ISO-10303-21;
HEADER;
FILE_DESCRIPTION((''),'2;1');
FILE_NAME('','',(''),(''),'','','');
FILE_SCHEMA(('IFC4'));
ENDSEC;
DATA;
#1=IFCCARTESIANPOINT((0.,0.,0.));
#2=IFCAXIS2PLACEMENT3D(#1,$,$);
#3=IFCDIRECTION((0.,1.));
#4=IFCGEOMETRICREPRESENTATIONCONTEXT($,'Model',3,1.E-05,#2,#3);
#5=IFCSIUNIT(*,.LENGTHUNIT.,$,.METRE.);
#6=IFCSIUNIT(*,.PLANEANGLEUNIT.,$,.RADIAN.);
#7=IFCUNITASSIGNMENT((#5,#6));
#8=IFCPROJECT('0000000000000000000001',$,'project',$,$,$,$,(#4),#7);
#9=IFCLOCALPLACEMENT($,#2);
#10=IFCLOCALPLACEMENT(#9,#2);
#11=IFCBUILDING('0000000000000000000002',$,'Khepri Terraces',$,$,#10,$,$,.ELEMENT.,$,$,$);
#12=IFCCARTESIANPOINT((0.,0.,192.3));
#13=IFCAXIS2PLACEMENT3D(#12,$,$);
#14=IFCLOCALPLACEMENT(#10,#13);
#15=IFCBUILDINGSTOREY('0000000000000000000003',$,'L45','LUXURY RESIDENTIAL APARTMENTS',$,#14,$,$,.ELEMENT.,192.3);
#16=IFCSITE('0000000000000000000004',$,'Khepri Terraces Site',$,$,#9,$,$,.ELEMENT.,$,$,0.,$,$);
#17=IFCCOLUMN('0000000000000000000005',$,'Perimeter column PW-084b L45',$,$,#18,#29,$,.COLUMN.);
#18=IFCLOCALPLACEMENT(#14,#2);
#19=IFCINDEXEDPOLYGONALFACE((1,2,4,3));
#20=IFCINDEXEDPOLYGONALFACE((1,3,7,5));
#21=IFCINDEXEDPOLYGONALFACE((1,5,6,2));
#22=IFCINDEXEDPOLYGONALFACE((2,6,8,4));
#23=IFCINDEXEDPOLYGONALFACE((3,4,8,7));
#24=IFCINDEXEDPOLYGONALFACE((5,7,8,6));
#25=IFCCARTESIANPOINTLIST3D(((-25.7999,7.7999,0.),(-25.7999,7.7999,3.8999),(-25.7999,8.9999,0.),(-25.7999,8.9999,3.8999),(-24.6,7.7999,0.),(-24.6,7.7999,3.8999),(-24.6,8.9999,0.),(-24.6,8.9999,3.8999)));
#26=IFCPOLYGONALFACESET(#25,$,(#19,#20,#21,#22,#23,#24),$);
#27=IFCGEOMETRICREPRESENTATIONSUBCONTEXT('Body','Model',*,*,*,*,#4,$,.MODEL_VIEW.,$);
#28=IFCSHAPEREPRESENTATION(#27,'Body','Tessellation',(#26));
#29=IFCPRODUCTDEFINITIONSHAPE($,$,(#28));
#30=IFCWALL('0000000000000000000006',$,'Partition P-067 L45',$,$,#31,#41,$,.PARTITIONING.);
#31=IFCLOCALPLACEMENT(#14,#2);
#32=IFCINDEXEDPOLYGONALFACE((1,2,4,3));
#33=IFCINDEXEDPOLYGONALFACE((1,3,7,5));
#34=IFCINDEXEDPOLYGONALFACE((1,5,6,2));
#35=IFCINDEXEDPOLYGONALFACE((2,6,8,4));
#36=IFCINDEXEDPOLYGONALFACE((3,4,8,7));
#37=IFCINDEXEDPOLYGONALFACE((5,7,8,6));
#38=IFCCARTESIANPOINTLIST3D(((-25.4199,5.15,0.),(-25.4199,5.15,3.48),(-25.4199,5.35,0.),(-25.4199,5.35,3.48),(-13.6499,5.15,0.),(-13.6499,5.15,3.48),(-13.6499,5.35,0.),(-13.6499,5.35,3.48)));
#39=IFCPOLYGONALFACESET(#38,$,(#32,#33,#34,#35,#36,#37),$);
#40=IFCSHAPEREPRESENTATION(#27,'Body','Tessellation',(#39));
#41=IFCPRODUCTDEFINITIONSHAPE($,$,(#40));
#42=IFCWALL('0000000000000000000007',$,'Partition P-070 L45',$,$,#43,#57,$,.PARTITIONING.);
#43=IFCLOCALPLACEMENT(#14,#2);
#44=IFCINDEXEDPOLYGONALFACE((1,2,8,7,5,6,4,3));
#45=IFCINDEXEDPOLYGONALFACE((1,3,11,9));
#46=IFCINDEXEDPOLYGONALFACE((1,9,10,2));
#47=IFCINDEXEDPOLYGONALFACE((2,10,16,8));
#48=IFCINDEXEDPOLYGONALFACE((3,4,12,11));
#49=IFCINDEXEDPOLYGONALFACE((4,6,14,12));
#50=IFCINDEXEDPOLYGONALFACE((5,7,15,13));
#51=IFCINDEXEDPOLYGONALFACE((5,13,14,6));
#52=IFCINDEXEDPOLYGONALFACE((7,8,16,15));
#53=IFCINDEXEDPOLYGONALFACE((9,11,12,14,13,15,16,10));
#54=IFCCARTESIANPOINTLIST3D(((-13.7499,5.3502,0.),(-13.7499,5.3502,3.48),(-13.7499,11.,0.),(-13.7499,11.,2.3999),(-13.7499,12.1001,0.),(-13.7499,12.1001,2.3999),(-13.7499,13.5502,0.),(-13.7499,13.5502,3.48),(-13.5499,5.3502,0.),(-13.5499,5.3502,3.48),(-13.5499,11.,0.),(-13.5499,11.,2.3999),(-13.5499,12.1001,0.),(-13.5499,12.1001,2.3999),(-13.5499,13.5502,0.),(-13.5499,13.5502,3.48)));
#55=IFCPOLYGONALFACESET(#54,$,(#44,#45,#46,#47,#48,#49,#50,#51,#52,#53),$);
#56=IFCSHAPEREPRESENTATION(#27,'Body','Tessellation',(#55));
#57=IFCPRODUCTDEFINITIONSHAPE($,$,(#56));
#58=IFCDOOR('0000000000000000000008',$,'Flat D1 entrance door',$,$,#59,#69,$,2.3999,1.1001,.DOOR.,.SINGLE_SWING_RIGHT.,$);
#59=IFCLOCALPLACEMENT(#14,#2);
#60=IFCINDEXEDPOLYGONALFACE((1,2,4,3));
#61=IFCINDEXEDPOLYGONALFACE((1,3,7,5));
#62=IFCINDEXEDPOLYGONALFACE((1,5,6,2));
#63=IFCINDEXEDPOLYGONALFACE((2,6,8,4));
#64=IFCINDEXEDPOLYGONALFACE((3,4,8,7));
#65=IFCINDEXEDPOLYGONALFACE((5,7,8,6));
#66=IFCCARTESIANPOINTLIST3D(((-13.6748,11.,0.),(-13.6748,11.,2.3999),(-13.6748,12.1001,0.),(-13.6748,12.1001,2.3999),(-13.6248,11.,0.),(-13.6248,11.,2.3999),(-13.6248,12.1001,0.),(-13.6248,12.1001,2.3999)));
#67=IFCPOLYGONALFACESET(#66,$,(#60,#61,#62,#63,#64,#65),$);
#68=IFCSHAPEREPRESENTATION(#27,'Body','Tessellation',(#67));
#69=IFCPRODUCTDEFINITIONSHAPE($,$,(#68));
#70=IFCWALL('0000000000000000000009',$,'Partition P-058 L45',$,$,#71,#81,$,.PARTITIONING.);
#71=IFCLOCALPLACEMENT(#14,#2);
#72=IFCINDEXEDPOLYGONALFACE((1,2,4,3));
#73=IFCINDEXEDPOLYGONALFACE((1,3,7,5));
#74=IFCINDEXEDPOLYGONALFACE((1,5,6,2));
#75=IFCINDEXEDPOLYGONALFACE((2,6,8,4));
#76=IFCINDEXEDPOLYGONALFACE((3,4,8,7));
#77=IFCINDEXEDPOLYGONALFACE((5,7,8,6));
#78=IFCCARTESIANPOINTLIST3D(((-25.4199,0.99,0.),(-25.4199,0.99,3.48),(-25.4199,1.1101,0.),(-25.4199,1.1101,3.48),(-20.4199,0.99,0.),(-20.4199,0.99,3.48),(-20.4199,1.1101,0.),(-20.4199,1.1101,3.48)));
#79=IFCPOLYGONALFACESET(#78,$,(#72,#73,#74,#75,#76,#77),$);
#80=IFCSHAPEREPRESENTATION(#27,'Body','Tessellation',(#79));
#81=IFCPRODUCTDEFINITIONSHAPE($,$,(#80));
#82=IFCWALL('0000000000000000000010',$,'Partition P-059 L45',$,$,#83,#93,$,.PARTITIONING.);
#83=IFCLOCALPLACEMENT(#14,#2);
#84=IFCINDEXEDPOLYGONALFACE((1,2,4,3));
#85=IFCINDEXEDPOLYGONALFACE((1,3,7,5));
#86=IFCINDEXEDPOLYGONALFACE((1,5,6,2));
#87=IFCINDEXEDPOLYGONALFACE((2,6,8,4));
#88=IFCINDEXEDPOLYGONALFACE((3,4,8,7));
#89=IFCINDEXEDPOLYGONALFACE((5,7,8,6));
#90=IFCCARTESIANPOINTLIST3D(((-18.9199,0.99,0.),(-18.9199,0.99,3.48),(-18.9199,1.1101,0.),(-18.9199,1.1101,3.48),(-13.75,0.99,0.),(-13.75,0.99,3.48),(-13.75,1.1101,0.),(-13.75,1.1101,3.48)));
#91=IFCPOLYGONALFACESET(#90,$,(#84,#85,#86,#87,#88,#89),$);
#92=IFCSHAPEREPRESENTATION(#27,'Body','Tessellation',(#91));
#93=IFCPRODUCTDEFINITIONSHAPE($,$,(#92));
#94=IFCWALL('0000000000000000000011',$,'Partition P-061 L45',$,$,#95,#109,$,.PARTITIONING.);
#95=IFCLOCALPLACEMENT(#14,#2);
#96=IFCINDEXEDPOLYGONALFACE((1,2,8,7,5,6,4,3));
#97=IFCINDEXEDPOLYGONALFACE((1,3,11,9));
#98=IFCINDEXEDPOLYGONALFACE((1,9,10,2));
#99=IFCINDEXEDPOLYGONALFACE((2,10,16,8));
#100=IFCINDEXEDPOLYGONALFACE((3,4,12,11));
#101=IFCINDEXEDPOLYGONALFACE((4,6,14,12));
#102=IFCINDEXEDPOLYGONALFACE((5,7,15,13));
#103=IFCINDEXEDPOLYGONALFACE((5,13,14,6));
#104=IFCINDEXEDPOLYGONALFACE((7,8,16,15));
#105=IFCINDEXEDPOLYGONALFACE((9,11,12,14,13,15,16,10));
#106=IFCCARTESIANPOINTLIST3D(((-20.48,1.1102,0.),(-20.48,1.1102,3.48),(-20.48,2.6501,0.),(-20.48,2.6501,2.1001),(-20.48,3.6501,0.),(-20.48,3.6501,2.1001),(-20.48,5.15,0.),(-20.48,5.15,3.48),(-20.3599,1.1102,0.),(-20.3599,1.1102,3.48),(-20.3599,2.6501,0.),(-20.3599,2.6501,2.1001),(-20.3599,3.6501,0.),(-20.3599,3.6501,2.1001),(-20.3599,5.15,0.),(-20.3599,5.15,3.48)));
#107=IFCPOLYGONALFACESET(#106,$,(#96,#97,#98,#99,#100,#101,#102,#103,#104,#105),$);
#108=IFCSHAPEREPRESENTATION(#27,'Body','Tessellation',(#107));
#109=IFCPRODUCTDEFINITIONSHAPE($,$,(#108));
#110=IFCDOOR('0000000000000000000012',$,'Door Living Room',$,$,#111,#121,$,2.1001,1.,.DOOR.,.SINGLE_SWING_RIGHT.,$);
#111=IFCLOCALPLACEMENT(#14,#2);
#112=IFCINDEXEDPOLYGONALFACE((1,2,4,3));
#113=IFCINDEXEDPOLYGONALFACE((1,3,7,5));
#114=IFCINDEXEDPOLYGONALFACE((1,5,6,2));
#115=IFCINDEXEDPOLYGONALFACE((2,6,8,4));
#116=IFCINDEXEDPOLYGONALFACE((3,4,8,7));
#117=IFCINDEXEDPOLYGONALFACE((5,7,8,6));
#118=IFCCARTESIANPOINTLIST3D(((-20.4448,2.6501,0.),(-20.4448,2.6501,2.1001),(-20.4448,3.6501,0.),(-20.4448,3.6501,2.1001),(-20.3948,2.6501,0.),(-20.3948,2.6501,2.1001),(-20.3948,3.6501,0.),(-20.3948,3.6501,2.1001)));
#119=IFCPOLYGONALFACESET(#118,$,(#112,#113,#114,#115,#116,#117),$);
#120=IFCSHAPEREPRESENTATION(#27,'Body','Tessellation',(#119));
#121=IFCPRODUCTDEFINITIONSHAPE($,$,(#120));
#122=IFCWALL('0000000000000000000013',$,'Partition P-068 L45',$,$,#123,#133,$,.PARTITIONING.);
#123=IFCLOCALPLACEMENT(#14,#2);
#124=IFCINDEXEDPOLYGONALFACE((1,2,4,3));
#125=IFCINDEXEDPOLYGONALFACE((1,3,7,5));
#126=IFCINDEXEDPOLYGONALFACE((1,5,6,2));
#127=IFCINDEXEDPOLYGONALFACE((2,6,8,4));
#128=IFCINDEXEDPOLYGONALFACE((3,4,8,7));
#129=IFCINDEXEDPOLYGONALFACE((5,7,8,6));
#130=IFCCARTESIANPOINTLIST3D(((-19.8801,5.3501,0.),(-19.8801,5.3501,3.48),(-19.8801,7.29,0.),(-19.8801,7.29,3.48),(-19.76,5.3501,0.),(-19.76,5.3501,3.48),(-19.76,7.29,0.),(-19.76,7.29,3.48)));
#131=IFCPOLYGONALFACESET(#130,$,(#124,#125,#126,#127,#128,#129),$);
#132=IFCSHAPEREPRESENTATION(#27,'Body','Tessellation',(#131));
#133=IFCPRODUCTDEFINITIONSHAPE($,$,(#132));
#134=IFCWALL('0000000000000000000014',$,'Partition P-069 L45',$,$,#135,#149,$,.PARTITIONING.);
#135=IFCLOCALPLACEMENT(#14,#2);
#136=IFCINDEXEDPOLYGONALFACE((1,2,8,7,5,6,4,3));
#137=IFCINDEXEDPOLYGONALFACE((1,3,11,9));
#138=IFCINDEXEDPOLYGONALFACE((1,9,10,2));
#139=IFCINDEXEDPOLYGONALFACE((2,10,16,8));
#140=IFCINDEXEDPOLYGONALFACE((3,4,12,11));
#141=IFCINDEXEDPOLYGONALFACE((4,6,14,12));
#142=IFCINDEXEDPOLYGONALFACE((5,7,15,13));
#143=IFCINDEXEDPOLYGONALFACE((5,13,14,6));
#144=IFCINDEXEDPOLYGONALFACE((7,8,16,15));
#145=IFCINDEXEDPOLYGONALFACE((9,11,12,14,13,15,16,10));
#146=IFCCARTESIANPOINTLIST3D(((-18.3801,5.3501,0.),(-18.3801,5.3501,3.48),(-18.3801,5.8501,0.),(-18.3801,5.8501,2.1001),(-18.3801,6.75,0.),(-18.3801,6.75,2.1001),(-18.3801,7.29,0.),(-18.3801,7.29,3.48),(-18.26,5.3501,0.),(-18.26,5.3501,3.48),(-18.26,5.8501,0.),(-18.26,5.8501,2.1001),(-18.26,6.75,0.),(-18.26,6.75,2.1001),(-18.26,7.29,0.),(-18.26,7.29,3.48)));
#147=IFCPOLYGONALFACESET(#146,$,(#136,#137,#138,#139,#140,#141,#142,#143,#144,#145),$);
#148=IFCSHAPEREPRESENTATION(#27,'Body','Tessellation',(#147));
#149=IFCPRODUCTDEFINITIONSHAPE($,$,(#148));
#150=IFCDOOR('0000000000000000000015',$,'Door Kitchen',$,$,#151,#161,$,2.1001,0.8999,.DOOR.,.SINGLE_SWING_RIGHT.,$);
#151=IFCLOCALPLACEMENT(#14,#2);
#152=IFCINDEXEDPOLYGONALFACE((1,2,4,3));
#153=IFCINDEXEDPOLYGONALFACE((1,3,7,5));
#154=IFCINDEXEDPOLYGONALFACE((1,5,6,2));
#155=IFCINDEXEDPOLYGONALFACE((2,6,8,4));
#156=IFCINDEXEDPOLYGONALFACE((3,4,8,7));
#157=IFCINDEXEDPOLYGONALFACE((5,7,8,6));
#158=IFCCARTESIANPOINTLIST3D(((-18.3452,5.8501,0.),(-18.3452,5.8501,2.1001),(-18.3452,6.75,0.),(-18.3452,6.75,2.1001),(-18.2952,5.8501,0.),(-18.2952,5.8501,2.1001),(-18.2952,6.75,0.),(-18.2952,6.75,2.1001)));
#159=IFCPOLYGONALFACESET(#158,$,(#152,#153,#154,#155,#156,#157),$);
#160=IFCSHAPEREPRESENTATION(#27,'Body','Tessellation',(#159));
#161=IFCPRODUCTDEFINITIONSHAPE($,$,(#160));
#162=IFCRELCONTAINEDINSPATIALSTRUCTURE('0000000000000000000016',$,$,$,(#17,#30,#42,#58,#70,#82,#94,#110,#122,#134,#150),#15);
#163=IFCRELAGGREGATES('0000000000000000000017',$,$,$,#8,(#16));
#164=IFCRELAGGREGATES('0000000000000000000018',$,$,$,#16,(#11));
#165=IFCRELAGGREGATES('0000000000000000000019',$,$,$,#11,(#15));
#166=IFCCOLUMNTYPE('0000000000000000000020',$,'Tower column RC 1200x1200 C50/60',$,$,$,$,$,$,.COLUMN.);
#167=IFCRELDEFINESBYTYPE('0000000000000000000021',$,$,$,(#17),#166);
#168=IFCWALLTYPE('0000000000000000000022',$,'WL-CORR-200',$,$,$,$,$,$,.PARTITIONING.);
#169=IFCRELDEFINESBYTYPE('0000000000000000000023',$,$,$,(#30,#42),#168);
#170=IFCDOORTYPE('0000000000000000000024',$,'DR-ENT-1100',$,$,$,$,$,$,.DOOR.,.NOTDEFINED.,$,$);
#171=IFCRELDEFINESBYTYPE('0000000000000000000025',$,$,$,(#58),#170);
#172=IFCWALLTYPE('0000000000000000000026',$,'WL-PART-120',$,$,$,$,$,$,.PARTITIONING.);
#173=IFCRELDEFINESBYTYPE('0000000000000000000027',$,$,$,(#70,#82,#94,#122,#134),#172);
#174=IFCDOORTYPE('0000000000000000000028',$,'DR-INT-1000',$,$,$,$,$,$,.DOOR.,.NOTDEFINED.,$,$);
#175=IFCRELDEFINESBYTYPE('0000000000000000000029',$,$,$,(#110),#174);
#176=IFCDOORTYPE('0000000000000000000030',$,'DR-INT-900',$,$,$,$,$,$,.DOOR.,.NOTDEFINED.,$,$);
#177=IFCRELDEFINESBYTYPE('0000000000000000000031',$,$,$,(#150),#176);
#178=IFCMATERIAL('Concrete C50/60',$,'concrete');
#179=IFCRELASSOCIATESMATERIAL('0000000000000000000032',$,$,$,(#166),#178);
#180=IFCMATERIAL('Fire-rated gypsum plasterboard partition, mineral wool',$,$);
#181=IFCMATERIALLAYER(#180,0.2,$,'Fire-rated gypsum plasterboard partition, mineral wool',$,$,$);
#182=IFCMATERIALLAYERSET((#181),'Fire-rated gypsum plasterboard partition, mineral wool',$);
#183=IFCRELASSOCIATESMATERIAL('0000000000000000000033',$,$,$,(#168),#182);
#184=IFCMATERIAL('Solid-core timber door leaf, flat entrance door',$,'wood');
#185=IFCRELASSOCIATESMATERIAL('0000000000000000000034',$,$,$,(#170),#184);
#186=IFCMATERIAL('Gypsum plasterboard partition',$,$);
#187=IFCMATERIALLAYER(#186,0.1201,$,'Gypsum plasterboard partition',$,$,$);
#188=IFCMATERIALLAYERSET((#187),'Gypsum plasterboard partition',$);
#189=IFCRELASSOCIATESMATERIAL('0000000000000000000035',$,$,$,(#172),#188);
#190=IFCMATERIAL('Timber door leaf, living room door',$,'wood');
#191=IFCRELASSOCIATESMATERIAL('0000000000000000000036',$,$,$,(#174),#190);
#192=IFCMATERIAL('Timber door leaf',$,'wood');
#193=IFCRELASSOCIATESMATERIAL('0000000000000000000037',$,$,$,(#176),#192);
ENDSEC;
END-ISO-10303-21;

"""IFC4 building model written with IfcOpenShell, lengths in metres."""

from ifc_helpers import new_model, si_unit, direction, frame, frame_2d, origin, origin_2d, place, context, subcontext, project, spatial, rectangle, extrude, material, layer, layer_set, material_profile, profile_set, type_object, element, fill, save


model = new_model("IFC4")

# Units and contexts
model_context = context("Model", 3, precision=1e-05, world=origin(), true_north=direction((0.0, 1.0)))
body_context = subcontext(model_context, "Body", "Model", "MODEL_VIEW")
ifc_project = project(units=[si_unit("LENGTHUNIT", "METRE"), si_unit("PLANEANGLEUNIT", "RADIAN")], contexts=[model_context])

# Site, building, storey
site_placement = place(None, origin())
site = spatial("IfcSite", under=ifc_project, at=site_placement, Name="Khepri Terraces Site", CompositionType="ELEMENT", RefElevation=0.0)
building_placement = place(site_placement, origin())
building = spatial("IfcBuilding", under=site, at=building_placement, Name="Khepri Terraces", CompositionType="ELEMENT")
storey_placement = place(building_placement, frame((0.0, 0.0, 192.3)))
storey = spatial("IfcBuildingStorey", under=building, at=storey_placement, Name="L45", Description="LUXURY RESIDENTIAL APARTMENTS", CompositionType="ELEMENT", Elevation=192.3)

# Column
ifc_material_1 = material(Name="Concrete C50/60", Category="concrete")
ifc_material_profile = material_profile(ifc_material_1, rectangle(XDim=1.2, YDim=1.2, at=origin_2d()), Name="Concrete C50/60", Category="concrete")
ifc_profile_set = profile_set([ifc_material_profile], Name="Concrete C50/60")
column_type = type_object("IfcColumnType", Name="Tower column RC 1200x1200 C50/60", PredefinedType="COLUMN", material=ifc_profile_set)
column_placement = place(storey_placement, frame((-25.2, 8.3999, 0.0), z_axis=(0.0, 0.0, 1.0), x_axis=(1.0, 0.0, 0.0)))
element("IfcColumn", 1, at=column_placement, inside=storey, type_object=column_type, Name="Perimeter column PW-084b L45", PredefinedType="COLUMN", context=body_context, shape_type="SweptSolid", body=[
    extrude(rectangle(XDim=1.2, YDim=1.2, at=origin_2d()), origin(), (0.0, 0.0, 1.0), 3.8999),
])

# Wall
ifc_material_2 = material(Name="Fire-rated gypsum plasterboard partition, mineral wool")
ifc_layer_1 = layer(ifc_material_2, 0.2, Name="Fire-rated gypsum plasterboard partition, mineral wool")
ifc_layer_set_1 = layer_set([ifc_layer_1], Name="Fire-rated gypsum plasterboard partition, mineral wool")
wall_type_1 = type_object("IfcWallType", Name="WL-CORR-200", PredefinedType="PARTITIONING", material=ifc_layer_set_1)
wall_1_placement = place(storey_placement, frame((-25.4199, 5.25, 0.0), z_axis=(0.0, 0.0, 1.0), x_axis=(1.0, 0.0, 0.0)))
element("IfcWall", 2, at=wall_1_placement, inside=storey, type_object=wall_type_1, Name="Partition P-067 L45", PredefinedType="PARTITIONING", context=body_context, shape_type="SweptSolid", body=[
    extrude(rectangle(XDim=11.77, YDim=0.2, at=frame_2d((5.885, 0.0))), origin(), (0.0, 0.0, 1.0), 3.48),
])

# Wall, opening, door
wall_2_placement = place(storey_placement, frame((-13.6499, 5.3501, 0.0), z_axis=(0.0, 0.0, 1.0), x_axis=(0.0, 1.0, 0.0)))
wall_2 = element("IfcWall", 3, at=wall_2_placement, inside=storey, type_object=wall_type_1, Name="Partition P-070 L45", PredefinedType="PARTITIONING", context=body_context, shape_type="SweptSolid", body=[
    extrude(rectangle(XDim=8.2, YDim=0.2, at=frame_2d((4.1001, 0.0))), origin(), (0.0, 0.0, 1.0), 3.48),
])
opening_1_placement = place(wall_2_placement, frame((5.6499, 0.0, 0.0)))
opening_1 = element("IfcOpeningElement", 4, at=opening_1_placement, cuts=wall_2, PredefinedType="OPENING", context=body_context, shape_type="SweptSolid", body=[
    extrude(rectangle(XDim=1.1001, YDim=2.3999, at=frame_2d((0.55, 1.2))), frame((0.0, 0.1099, 0.0), z_axis=(0.0, -1.0, 0.0), x_axis=(1.0, 0.0, 0.0)), (0.0, 0.0, 1.0), 0.22),
])
ifc_material_3 = material(Name="Solid-core timber door leaf, flat entrance door", Category="wood")
door_type_1 = type_object("IfcDoorType", Name="DR-ENT-1100", OperationType="NOTDEFINED", PredefinedType="DOOR", material=ifc_material_3)
door_1_placement = place(opening_1_placement, origin())
door_1 = element("IfcDoor", 5, at=door_1_placement, inside=storey, type_object=door_type_1, Name="Flat D1 entrance door", OperationType="SINGLE_SWING_RIGHT", OverallHeight=2.3999, OverallWidth=1.1001, PredefinedType="DOOR", context=body_context, shape_type="SweptSolid", body=[
    extrude(rectangle(XDim=1.1001, YDim=2.3999, at=frame_2d((0.55, 1.2))), frame((0.0, 0.0249, 0.0), z_axis=(0.0, -1.0, 0.0), x_axis=(1.0, 0.0, 0.0)), (0.0, 0.0, 1.0), 0.05),
])
fill(opening_1, door_1)

# Walls
ifc_material_4 = material(Name="Gypsum plasterboard partition")
ifc_layer_2 = layer(ifc_material_4, 0.1201, Name="Gypsum plasterboard partition")
ifc_layer_set_2 = layer_set([ifc_layer_2], Name="Gypsum plasterboard partition")
wall_type_2 = type_object("IfcWallType", Name="WL-PART-120", PredefinedType="PARTITIONING", material=ifc_layer_set_2)
wall_3_placement = place(storey_placement, frame((-25.4199, 1.05, 0.0), z_axis=(0.0, 0.0, 1.0), x_axis=(1.0, 0.0, 0.0)))
element("IfcWall", 6, at=wall_3_placement, inside=storey, type_object=wall_type_2, Name="Partition P-058 L45", PredefinedType="PARTITIONING", context=body_context, shape_type="SweptSolid", body=[
    extrude(rectangle(XDim=5.0, YDim=0.1201, at=frame_2d((2.5, 0.0))), origin(), (0.0, 0.0, 1.0), 3.48),
])
wall_4_placement = place(storey_placement, frame((-18.9199, 1.05, 0.0), z_axis=(0.0, 0.0, 1.0), x_axis=(1.0, 0.0, 0.0)))
element("IfcWall", 7, at=wall_4_placement, inside=storey, type_object=wall_type_2, Name="Partition P-059 L45", PredefinedType="PARTITIONING", context=body_context, shape_type="SweptSolid", body=[
    extrude(rectangle(XDim=5.1699, YDim=0.1201, at=frame_2d((2.585, 0.0))), origin(), (0.0, 0.0, 1.0), 3.48),
])

# Wall, opening, door
wall_5_placement = place(storey_placement, frame((-20.4199, 1.1101, 0.0), z_axis=(0.0, 0.0, 1.0), x_axis=(0.0, 1.0, 0.0)))
wall_5 = element("IfcWall", 8, at=wall_5_placement, inside=storey, type_object=wall_type_2, Name="Partition P-061 L45", PredefinedType="PARTITIONING", context=body_context, shape_type="SweptSolid", body=[
    extrude(rectangle(XDim=4.0398, YDim=0.1201, at=frame_2d((2.02, 0.0))), origin(), (0.0, 0.0, 1.0), 3.48),
])
opening_2_placement = place(wall_5_placement, frame((1.54, 0.0, 0.0)))
opening_2 = element("IfcOpeningElement", 9, at=opening_2_placement, cuts=wall_5, PredefinedType="OPENING", context=body_context, shape_type="SweptSolid", body=[
    extrude(rectangle(XDim=1.0, YDim=2.1001, at=frame_2d((0.5, 1.05))), frame((0.0, 0.0701, 0.0), z_axis=(0.0, -1.0, 0.0), x_axis=(1.0, 0.0, 0.0)), (0.0, 0.0, 1.0), 0.1401),
])
ifc_material_5 = material(Name="Timber door leaf, living room door", Category="wood")
door_type_2 = type_object("IfcDoorType", Name="DR-INT-1000", OperationType="NOTDEFINED", PredefinedType="DOOR", material=ifc_material_5)
door_2_placement = place(opening_2_placement, origin())
door_2 = element("IfcDoor", 10, at=door_2_placement, inside=storey, type_object=door_type_2, Name="Door Living Room", OperationType="SINGLE_SWING_RIGHT", OverallHeight=2.1001, OverallWidth=1.0, PredefinedType="DOOR", context=body_context, shape_type="SweptSolid", body=[
    extrude(rectangle(XDim=1.0, YDim=2.1001, at=frame_2d((0.5, 1.05))), frame((0.0, 0.0249, 0.0), z_axis=(0.0, -1.0, 0.0), x_axis=(1.0, 0.0, 0.0)), (0.0, 0.0, 1.0), 0.05),
])
fill(opening_2, door_2)

# Wall
wall_6_placement = place(storey_placement, frame((-19.8201, 5.3501, 0.0), z_axis=(0.0, 0.0, 1.0), x_axis=(0.0, 1.0, 0.0)))
element("IfcWall", 11, at=wall_6_placement, inside=storey, type_object=wall_type_2, Name="Partition P-068 L45", PredefinedType="PARTITIONING", context=body_context, shape_type="SweptSolid", body=[
    extrude(rectangle(XDim=1.9399, YDim=0.1201, at=frame_2d((0.97, 0.0))), origin(), (0.0, 0.0, 1.0), 3.48),
])

# Wall, opening, door
wall_7_placement = place(storey_placement, frame((-18.3201, 5.3501, 0.0), z_axis=(0.0, 0.0, 1.0), x_axis=(0.0, 1.0, 0.0)))
wall_7 = element("IfcWall", 12, at=wall_7_placement, inside=storey, type_object=wall_type_2, Name="Partition P-069 L45", PredefinedType="PARTITIONING", context=body_context, shape_type="SweptSolid", body=[
    extrude(rectangle(XDim=1.9399, YDim=0.1201, at=frame_2d((0.97, 0.0))), origin(), (0.0, 0.0, 1.0), 3.48),
])
opening_3_placement = place(wall_7_placement, frame((0.5, 0.0, 0.0)))
opening_3 = element("IfcOpeningElement", 13, at=opening_3_placement, cuts=wall_7, PredefinedType="OPENING", context=body_context, shape_type="SweptSolid", body=[
    extrude(rectangle(XDim=0.8999, YDim=2.1001, at=frame_2d((0.45, 1.05))), frame((0.0, 0.0701, 0.0), z_axis=(0.0, -1.0, 0.0), x_axis=(1.0, 0.0, 0.0)), (0.0, 0.0, 1.0), 0.1401),
])
ifc_material_6 = material(Name="Timber door leaf", Category="wood")
door_type_3 = type_object("IfcDoorType", Name="DR-INT-900", OperationType="NOTDEFINED", PredefinedType="DOOR", material=ifc_material_6)
door_3_placement = place(opening_3_placement, frame((0.8999, 0.0, 0.0), z_axis=(0.0, 0.0, 1.0), x_axis=(-1.0, 0.0, 0.0)))
door_3 = element("IfcDoor", 14, at=door_3_placement, inside=storey, type_object=door_type_3, Name="Door Kitchen", OperationType="SINGLE_SWING_RIGHT", OverallHeight=2.1001, OverallWidth=0.8999, PredefinedType="DOOR", context=body_context, shape_type="SweptSolid", body=[
    extrude(rectangle(XDim=0.8999, YDim=2.1001, at=frame_2d((0.45, 1.05))), frame((0.0, 0.0249, 0.0), z_axis=(0.0, -1.0, 0.0), x_axis=(1.0, 0.0, 0.0)), (0.0, 0.0, 1.0), 0.05),
])
fill(opening_3, door_3)

save(model, "model.ifc")
